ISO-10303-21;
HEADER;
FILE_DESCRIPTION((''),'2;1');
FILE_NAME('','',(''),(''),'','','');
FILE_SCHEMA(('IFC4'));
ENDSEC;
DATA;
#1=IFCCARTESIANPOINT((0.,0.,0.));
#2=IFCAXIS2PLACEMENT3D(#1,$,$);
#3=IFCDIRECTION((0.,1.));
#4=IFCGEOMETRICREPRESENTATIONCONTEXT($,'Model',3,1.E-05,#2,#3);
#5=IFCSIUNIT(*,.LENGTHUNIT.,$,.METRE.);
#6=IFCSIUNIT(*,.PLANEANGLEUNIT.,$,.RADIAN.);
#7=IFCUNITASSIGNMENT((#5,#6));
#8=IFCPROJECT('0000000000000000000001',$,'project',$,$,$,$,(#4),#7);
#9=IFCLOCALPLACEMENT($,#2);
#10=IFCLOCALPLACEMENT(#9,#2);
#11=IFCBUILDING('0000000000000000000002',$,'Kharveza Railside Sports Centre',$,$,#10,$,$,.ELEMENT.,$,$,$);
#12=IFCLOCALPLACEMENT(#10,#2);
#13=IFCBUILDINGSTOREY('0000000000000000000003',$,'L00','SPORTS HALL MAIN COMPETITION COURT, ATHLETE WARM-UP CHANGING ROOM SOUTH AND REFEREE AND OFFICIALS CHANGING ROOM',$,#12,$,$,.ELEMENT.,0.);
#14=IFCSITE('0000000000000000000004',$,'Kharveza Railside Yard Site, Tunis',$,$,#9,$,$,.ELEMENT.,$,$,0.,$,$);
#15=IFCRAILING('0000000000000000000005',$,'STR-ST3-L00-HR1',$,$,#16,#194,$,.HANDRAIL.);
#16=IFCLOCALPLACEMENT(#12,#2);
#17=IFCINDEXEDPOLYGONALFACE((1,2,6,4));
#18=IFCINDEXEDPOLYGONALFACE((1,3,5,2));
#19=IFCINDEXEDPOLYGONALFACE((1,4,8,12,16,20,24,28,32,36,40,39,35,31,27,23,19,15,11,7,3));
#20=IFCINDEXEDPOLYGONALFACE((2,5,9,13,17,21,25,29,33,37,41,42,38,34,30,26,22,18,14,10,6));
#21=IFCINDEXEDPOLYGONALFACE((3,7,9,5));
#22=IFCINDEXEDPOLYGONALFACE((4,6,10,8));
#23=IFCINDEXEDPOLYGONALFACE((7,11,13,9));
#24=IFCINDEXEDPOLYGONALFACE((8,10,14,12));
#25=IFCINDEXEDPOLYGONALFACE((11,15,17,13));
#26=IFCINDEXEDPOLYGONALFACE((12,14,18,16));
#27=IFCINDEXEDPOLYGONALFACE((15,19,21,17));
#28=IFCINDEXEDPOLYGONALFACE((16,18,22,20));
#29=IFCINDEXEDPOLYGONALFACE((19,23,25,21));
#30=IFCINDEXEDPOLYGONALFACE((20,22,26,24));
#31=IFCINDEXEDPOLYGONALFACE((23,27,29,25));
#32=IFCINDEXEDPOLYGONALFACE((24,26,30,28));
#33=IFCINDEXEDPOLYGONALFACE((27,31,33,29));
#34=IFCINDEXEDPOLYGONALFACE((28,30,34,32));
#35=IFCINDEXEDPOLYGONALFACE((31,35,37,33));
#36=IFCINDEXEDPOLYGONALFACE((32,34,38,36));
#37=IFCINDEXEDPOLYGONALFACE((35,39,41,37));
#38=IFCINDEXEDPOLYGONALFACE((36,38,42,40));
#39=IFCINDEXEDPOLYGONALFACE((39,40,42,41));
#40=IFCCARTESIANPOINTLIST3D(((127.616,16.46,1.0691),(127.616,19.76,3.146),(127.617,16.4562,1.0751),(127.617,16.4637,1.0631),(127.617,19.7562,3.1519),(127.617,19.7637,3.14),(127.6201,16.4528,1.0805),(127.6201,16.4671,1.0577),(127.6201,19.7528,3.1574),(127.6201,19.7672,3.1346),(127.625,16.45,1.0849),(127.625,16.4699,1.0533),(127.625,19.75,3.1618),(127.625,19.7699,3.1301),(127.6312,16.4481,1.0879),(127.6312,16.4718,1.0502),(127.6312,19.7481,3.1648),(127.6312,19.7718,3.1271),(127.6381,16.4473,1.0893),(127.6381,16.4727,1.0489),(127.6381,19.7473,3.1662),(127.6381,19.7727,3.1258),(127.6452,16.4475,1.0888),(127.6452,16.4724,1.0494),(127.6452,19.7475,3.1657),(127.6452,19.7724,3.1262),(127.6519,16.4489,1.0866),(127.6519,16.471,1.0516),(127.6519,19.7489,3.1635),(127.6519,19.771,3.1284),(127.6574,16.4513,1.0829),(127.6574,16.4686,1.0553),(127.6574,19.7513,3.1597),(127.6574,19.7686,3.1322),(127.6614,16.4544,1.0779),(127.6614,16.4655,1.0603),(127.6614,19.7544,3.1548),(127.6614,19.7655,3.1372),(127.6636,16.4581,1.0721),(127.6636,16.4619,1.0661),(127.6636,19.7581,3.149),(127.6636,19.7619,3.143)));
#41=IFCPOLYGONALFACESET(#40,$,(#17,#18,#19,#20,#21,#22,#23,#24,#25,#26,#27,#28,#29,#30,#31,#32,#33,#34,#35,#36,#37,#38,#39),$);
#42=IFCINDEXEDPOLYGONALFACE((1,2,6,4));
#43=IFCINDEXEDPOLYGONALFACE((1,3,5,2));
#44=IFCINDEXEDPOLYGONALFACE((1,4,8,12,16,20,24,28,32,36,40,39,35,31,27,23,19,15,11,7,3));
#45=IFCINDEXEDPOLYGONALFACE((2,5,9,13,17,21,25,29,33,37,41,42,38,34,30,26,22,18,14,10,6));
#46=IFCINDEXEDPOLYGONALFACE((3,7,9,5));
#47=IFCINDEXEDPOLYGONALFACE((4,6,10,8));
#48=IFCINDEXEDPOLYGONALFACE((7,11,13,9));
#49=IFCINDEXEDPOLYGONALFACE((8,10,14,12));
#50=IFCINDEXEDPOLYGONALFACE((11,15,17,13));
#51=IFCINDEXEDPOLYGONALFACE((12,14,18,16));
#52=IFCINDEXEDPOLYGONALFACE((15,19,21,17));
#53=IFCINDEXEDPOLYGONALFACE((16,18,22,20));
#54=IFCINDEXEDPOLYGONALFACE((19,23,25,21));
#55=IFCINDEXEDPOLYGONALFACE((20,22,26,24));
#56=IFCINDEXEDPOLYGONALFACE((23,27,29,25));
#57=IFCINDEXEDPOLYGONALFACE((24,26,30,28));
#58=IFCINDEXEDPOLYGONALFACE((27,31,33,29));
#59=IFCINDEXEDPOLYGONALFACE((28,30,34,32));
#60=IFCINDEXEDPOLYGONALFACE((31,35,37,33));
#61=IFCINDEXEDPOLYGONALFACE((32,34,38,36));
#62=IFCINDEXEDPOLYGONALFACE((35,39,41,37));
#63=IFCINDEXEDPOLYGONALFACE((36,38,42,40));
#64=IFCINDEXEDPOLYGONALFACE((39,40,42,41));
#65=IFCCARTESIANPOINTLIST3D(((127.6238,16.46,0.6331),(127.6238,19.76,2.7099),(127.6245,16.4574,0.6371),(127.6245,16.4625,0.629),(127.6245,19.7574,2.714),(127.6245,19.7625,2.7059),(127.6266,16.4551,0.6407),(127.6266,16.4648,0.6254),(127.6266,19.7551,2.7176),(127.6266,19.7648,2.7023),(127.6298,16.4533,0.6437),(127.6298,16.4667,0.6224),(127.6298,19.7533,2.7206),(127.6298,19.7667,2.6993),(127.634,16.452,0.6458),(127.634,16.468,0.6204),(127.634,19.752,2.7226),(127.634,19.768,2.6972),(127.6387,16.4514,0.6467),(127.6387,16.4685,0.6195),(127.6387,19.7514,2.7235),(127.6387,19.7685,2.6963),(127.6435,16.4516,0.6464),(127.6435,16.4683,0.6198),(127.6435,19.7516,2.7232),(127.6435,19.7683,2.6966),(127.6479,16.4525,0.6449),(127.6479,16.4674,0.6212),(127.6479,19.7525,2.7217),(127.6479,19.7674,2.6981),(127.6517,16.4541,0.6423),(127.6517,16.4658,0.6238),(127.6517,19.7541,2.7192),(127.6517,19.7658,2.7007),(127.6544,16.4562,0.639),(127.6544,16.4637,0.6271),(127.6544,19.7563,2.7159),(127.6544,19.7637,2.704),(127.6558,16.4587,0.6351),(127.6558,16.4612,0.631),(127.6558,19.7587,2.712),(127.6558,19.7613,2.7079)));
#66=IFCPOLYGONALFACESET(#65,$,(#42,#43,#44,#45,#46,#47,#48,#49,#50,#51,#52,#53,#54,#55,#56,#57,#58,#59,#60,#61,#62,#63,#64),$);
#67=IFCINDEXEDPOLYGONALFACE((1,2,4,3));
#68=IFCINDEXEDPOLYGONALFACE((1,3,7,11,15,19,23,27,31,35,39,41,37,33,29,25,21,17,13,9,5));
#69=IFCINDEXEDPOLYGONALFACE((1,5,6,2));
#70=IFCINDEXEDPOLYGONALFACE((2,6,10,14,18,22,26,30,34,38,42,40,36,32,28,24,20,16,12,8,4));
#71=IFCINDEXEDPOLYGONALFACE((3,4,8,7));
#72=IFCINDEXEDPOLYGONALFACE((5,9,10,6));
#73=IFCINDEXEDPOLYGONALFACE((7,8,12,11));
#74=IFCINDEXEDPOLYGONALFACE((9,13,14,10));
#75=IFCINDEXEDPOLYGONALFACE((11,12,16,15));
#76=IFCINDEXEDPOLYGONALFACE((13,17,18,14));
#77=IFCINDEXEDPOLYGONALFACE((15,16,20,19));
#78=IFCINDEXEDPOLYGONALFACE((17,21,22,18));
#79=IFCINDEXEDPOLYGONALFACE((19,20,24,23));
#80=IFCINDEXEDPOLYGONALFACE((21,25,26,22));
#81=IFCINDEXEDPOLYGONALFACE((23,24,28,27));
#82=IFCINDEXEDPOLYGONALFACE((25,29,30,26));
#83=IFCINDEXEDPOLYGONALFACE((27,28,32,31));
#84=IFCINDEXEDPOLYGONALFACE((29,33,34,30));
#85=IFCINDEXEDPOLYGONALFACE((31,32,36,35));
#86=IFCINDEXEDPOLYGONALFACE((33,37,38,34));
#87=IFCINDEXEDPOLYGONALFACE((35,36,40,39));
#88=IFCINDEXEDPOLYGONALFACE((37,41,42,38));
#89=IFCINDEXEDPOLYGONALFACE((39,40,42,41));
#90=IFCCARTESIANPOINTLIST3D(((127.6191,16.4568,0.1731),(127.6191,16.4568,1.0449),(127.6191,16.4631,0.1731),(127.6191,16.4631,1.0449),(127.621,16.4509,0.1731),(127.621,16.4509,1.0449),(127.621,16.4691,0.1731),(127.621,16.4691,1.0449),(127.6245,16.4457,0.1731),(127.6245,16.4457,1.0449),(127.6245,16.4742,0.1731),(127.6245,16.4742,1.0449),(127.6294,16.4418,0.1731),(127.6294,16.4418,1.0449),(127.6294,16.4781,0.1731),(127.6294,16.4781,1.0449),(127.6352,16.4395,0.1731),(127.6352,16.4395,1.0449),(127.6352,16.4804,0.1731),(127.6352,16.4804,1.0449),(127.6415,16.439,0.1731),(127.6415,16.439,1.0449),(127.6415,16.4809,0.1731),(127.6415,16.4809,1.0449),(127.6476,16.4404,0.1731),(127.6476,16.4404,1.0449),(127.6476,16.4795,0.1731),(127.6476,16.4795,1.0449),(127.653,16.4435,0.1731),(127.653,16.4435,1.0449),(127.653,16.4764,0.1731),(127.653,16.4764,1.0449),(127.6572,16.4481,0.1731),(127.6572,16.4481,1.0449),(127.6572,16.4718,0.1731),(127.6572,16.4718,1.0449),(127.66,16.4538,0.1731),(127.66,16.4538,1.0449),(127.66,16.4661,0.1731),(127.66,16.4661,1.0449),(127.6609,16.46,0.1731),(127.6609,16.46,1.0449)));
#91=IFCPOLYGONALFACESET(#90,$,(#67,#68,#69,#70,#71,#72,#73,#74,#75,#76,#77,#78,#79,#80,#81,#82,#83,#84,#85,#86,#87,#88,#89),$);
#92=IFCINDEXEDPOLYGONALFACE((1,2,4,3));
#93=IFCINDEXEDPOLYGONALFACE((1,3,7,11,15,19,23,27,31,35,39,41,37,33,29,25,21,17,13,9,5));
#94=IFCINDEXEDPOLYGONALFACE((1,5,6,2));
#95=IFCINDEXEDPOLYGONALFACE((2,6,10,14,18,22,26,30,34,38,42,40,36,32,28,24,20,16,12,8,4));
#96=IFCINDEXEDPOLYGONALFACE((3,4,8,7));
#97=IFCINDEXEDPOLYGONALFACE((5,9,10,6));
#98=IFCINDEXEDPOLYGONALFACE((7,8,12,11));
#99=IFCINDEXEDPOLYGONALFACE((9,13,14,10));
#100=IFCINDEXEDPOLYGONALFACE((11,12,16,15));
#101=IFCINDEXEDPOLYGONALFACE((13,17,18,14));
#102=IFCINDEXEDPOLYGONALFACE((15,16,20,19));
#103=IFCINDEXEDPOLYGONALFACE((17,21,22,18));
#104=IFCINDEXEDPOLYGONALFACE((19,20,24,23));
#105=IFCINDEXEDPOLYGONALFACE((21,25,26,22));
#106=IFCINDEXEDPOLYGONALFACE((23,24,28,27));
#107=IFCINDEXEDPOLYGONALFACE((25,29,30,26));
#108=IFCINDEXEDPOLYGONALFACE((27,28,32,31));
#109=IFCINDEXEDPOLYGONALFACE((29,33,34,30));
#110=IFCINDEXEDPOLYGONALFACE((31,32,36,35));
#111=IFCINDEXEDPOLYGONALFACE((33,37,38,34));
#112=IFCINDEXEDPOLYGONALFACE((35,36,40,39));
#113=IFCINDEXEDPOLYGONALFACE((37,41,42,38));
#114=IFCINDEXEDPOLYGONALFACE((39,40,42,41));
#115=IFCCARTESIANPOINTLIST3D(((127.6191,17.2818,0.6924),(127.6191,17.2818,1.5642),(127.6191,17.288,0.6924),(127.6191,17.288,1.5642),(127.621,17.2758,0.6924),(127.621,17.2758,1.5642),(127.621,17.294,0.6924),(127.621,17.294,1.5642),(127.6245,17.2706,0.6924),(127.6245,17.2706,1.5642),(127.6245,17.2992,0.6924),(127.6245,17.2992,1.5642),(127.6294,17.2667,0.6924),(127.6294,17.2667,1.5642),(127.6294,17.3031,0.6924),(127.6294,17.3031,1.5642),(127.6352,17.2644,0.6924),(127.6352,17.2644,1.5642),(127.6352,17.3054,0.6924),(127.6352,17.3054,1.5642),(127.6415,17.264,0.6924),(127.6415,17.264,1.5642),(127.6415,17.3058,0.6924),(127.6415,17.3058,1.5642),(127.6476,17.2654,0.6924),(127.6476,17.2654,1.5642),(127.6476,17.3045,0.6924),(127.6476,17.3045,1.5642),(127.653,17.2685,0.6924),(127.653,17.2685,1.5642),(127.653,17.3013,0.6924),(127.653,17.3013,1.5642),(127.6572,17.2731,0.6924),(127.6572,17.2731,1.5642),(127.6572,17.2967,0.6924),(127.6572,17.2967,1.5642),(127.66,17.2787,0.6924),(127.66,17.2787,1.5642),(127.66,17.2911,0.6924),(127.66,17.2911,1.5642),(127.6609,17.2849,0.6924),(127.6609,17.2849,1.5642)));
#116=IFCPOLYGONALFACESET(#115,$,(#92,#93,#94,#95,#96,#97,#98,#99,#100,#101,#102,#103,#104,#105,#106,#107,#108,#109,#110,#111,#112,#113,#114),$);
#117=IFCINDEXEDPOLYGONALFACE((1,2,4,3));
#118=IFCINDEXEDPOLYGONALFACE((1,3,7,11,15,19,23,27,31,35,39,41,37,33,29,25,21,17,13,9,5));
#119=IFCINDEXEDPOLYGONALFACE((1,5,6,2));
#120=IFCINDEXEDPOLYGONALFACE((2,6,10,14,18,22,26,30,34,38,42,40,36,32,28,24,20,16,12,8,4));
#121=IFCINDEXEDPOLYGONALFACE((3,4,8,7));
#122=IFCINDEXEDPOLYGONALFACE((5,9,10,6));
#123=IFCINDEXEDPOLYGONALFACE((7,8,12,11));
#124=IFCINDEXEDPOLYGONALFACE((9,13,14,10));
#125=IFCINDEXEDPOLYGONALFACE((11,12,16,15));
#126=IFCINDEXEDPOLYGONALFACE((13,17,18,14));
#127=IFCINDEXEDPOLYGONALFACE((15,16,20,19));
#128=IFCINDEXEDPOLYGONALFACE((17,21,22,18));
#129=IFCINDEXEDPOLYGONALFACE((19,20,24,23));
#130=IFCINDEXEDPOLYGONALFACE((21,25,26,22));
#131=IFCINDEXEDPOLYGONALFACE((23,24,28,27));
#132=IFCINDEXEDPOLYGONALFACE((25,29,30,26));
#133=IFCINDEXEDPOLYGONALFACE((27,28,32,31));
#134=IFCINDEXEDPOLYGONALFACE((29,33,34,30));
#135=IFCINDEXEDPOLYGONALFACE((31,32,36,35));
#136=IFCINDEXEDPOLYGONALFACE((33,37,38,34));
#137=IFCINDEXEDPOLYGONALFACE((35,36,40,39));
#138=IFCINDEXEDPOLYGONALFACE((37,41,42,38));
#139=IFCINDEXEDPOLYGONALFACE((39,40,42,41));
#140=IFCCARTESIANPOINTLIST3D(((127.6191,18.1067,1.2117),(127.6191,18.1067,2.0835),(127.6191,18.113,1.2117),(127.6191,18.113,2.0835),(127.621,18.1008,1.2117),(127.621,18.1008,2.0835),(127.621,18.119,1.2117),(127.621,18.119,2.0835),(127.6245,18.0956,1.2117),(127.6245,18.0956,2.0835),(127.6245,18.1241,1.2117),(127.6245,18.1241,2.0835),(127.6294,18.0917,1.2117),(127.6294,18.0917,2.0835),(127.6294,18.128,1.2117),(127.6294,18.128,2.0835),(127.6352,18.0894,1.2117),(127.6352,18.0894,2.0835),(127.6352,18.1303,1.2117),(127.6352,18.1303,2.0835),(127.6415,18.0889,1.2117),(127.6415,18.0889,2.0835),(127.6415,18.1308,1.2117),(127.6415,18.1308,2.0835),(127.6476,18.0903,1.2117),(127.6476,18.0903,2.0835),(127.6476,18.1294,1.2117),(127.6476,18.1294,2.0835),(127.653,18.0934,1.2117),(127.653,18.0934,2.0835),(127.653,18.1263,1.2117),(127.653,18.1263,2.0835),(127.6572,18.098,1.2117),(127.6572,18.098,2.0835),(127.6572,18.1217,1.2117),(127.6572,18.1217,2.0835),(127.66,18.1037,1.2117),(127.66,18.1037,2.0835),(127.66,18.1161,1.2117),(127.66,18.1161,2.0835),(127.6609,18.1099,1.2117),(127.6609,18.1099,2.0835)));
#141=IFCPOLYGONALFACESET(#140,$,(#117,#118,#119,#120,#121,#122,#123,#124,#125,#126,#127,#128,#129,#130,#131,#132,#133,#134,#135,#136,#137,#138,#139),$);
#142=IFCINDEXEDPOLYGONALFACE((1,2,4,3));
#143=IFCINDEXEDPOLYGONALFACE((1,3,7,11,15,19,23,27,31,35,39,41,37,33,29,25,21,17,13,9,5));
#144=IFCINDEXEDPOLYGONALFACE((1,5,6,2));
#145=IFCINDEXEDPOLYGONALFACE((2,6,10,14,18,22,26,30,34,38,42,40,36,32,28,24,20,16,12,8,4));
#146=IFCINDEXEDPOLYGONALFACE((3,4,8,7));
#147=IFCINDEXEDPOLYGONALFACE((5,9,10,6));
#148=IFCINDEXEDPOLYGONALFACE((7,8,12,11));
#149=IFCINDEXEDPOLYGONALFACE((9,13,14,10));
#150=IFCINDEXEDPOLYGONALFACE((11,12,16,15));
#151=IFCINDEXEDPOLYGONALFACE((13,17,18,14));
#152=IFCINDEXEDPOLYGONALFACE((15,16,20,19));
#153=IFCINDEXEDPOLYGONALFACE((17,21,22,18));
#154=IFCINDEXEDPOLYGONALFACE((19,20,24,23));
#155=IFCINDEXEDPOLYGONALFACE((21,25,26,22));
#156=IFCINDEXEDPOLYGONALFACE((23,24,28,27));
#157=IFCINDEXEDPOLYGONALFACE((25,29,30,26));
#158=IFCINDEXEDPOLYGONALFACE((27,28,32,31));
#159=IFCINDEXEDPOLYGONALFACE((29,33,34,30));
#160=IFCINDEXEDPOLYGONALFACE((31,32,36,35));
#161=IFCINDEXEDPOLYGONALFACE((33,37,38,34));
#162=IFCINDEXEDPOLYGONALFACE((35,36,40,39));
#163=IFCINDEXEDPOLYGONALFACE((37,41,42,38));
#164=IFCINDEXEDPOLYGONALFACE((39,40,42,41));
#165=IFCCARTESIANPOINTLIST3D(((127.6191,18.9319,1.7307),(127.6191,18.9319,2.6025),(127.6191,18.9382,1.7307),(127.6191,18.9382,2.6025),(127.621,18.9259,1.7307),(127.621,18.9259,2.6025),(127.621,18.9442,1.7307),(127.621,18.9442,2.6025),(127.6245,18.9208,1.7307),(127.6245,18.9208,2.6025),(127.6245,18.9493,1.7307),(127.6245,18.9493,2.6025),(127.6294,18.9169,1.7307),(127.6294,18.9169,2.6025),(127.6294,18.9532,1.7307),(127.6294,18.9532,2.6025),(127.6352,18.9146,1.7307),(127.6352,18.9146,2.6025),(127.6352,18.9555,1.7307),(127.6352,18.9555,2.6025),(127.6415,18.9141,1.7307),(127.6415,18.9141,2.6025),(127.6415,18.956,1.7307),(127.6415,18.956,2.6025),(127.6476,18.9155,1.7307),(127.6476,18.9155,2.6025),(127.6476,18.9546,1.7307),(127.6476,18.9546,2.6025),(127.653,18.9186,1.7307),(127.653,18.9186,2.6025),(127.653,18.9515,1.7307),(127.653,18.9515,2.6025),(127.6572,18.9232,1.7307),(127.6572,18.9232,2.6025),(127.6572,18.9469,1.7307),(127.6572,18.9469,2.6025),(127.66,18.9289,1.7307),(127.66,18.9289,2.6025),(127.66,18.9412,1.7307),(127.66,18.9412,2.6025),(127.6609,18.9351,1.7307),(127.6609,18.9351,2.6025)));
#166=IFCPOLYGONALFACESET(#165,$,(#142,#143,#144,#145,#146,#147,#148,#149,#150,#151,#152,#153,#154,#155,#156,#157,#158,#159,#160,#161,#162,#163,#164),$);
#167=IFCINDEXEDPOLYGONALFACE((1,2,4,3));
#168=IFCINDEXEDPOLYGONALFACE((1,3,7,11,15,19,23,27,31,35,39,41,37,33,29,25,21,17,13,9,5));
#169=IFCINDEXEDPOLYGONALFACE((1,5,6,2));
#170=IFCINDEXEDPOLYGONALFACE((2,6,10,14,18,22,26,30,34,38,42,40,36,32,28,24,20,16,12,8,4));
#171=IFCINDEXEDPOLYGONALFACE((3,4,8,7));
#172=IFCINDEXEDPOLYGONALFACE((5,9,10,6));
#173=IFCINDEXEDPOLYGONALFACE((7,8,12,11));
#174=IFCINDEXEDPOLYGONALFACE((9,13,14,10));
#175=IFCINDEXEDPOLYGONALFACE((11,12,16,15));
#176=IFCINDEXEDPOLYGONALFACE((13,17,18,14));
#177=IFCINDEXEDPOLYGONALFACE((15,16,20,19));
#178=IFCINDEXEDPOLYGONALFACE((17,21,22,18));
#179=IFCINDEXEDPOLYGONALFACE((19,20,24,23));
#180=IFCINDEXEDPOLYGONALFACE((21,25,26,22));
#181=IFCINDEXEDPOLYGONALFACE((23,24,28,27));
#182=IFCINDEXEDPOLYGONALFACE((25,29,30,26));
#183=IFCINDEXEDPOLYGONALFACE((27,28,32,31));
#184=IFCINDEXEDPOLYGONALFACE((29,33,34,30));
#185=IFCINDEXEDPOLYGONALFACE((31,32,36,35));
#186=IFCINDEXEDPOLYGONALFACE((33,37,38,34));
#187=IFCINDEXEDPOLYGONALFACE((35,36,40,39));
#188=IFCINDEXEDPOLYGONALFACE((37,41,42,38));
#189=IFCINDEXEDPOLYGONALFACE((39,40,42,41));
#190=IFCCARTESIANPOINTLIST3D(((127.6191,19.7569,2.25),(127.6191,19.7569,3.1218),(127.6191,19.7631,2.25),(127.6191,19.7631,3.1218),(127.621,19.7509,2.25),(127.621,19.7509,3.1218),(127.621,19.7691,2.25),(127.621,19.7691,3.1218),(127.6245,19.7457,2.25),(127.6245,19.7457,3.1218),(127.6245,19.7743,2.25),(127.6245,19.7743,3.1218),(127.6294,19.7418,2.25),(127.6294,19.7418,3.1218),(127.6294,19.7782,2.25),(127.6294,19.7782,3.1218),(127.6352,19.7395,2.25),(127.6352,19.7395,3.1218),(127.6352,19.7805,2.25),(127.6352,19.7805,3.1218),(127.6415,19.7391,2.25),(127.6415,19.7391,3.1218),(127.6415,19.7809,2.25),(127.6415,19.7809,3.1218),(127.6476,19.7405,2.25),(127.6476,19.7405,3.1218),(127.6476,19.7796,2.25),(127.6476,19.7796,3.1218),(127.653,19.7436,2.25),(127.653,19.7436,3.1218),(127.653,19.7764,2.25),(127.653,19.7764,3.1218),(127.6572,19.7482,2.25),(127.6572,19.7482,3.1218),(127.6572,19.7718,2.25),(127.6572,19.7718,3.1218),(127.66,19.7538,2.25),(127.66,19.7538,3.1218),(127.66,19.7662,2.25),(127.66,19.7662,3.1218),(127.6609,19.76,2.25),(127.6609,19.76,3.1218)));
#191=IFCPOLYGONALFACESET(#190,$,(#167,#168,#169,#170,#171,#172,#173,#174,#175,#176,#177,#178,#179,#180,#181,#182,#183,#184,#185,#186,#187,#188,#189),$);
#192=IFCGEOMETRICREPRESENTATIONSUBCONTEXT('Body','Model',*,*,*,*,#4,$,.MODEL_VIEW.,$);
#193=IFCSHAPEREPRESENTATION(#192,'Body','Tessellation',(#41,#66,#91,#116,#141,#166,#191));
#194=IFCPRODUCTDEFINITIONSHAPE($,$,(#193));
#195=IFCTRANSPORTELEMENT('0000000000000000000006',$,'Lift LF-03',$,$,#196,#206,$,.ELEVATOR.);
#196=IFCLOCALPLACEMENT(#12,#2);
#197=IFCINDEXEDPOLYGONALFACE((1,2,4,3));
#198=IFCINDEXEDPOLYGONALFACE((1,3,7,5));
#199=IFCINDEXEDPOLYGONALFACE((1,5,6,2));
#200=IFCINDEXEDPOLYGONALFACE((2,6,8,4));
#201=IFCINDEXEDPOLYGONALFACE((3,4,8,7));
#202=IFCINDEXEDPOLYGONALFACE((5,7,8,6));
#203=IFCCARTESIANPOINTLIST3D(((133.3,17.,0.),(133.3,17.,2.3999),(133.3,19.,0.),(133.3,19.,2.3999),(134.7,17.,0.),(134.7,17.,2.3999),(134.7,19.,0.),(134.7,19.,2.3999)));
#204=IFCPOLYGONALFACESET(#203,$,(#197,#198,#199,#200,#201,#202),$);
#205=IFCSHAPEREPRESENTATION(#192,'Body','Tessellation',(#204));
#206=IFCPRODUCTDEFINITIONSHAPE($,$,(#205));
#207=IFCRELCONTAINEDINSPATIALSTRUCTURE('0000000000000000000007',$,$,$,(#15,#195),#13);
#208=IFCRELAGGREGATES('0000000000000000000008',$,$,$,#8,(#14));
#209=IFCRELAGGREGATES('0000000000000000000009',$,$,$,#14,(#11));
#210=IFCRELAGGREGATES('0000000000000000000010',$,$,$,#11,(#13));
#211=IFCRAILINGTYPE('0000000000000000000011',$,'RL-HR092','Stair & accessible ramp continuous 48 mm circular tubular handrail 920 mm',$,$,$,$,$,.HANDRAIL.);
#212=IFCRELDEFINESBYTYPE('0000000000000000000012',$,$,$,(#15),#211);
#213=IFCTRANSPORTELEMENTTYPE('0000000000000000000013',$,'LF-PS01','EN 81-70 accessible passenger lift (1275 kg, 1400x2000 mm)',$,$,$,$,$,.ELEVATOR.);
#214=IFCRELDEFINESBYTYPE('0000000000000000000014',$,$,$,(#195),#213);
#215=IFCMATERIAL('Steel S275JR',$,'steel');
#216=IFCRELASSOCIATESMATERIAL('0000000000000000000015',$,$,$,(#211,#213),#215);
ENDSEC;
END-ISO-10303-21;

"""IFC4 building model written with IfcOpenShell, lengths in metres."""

from ifc_helpers import new_model, si_unit, direction, frame, origin, origin_2d, place, context, subcontext, project, spatial, rectangle, circle, extrude, material, type_object, element, save


model = new_model("IFC4")

# Units and contexts
model_context = context("Model", 3, precision=1e-05, world=origin(), true_north=direction((0.0, 1.0)))
body_context = subcontext(model_context, "Body", "Model", "MODEL_VIEW")
ifc_project = project(units=[si_unit("LENGTHUNIT", "METRE"), si_unit("PLANEANGLEUNIT", "RADIAN")], contexts=[model_context])

# Site, building, storey
site_placement = place(None, origin())
site = spatial("IfcSite", under=ifc_project, at=site_placement, Name="Kharveza Railside Yard Site, Tunis", CompositionType="ELEMENT", RefElevation=0.0)
building_placement = place(site_placement, origin())
building = spatial("IfcBuilding", under=site, at=building_placement, Name="Kharveza Railside Sports Centre", CompositionType="ELEMENT")
storey_placement = place(building_placement, origin())
storey = spatial("IfcBuildingStorey", under=building, at=storey_placement, Name="L00", Description="SPORTS HALL MAIN COMPETITION COURT, ATHLETE WARM-UP CHANGING ROOM SOUTH AND REFEREE AND OFFICIALS CHANGING ROOM", CompositionType="ELEMENT", Elevation=0.0)

# Railing
ifc_material_1 = material(Name="Steel S275JR", Category="steel")
railing_type_1 = type_object("IfcRailingType", Name="RL-HR092", Description="Stair & accessible ramp continuous 48 mm circular tubular handrail 920 mm", PredefinedType="HANDRAIL", material=ifc_material_1)
railing_1_placement = place(storey_placement, frame((127.6399, 16.46, 0.1731)))
element("IfcRailing", 1, at=railing_1_placement, inside=storey, type_object=railing_type_1, Name="STR-ST3-L00-HR1", PredefinedType="HANDRAIL", context=body_context, shape_type="SweptSolid", body=[
    extrude(circle(Radius=0.0239, at=origin_2d()), frame((0.0, 0.0, 0.896), z_axis=(0.0, 0.846337, 0.532647), x_axis=(-1.0, 0.0, 0.0)), (0.0, 0.0, 1.0), 3.8992),
    extrude(circle(Radius=0.0161, at=origin_2d()), frame((0.0, 0.0, 0.46), z_axis=(0.0, 0.846337, 0.532647), x_axis=(-1.0, 0.0, 0.0)), (0.0, 0.0, 1.0), 3.8992),
    extrude(circle(Radius=0.021, at=origin_2d()), origin(), (0.0, 0.0, 1.0), 0.8718),
    extrude(circle(Radius=0.021, at=origin_2d()), frame((0.0, 0.825, 0.5193)), (0.0, 0.0, 1.0), 0.8718),
    extrude(circle(Radius=0.021, at=origin_2d()), frame((0.0, 1.6499, 1.0386)), (0.0, 0.0, 1.0), 0.8718),
    extrude(circle(Radius=0.021, at=origin_2d()), frame((0.0, 2.4751, 1.5576)), (0.0, 0.0, 1.0), 0.8718),
    extrude(circle(Radius=0.021, at=origin_2d()), frame((0.0, 3.3, 2.0769)), (0.0, 0.0, 1.0), 0.8718),
])

# Transport element
transport_element_type = type_object("IfcTransportElementType", Name="LF-PS01", Description="EN 81-70 accessible passenger lift (1275 kg, 1400x2000 mm)", PredefinedType="ELEVATOR", material=ifc_material_1)
transport_element_placement = place(storey_placement, frame((134.0, 18.0, 0.0), z_axis=(0.0, 0.0, 1.0), x_axis=(1.0, 0.0, 0.0)))
element("IfcTransportElement", 2, at=transport_element_placement, inside=storey, type_object=transport_element_type, Name="Lift LF-03", PredefinedType="ELEVATOR", context=body_context, shape_type="SweptSolid", body=[
    extrude(rectangle(XDim=1.3999, YDim=2.0, at=origin_2d()), origin(), (0.0, 0.0, 1.0), 2.3999),
])

save(model, "model.ifc")
